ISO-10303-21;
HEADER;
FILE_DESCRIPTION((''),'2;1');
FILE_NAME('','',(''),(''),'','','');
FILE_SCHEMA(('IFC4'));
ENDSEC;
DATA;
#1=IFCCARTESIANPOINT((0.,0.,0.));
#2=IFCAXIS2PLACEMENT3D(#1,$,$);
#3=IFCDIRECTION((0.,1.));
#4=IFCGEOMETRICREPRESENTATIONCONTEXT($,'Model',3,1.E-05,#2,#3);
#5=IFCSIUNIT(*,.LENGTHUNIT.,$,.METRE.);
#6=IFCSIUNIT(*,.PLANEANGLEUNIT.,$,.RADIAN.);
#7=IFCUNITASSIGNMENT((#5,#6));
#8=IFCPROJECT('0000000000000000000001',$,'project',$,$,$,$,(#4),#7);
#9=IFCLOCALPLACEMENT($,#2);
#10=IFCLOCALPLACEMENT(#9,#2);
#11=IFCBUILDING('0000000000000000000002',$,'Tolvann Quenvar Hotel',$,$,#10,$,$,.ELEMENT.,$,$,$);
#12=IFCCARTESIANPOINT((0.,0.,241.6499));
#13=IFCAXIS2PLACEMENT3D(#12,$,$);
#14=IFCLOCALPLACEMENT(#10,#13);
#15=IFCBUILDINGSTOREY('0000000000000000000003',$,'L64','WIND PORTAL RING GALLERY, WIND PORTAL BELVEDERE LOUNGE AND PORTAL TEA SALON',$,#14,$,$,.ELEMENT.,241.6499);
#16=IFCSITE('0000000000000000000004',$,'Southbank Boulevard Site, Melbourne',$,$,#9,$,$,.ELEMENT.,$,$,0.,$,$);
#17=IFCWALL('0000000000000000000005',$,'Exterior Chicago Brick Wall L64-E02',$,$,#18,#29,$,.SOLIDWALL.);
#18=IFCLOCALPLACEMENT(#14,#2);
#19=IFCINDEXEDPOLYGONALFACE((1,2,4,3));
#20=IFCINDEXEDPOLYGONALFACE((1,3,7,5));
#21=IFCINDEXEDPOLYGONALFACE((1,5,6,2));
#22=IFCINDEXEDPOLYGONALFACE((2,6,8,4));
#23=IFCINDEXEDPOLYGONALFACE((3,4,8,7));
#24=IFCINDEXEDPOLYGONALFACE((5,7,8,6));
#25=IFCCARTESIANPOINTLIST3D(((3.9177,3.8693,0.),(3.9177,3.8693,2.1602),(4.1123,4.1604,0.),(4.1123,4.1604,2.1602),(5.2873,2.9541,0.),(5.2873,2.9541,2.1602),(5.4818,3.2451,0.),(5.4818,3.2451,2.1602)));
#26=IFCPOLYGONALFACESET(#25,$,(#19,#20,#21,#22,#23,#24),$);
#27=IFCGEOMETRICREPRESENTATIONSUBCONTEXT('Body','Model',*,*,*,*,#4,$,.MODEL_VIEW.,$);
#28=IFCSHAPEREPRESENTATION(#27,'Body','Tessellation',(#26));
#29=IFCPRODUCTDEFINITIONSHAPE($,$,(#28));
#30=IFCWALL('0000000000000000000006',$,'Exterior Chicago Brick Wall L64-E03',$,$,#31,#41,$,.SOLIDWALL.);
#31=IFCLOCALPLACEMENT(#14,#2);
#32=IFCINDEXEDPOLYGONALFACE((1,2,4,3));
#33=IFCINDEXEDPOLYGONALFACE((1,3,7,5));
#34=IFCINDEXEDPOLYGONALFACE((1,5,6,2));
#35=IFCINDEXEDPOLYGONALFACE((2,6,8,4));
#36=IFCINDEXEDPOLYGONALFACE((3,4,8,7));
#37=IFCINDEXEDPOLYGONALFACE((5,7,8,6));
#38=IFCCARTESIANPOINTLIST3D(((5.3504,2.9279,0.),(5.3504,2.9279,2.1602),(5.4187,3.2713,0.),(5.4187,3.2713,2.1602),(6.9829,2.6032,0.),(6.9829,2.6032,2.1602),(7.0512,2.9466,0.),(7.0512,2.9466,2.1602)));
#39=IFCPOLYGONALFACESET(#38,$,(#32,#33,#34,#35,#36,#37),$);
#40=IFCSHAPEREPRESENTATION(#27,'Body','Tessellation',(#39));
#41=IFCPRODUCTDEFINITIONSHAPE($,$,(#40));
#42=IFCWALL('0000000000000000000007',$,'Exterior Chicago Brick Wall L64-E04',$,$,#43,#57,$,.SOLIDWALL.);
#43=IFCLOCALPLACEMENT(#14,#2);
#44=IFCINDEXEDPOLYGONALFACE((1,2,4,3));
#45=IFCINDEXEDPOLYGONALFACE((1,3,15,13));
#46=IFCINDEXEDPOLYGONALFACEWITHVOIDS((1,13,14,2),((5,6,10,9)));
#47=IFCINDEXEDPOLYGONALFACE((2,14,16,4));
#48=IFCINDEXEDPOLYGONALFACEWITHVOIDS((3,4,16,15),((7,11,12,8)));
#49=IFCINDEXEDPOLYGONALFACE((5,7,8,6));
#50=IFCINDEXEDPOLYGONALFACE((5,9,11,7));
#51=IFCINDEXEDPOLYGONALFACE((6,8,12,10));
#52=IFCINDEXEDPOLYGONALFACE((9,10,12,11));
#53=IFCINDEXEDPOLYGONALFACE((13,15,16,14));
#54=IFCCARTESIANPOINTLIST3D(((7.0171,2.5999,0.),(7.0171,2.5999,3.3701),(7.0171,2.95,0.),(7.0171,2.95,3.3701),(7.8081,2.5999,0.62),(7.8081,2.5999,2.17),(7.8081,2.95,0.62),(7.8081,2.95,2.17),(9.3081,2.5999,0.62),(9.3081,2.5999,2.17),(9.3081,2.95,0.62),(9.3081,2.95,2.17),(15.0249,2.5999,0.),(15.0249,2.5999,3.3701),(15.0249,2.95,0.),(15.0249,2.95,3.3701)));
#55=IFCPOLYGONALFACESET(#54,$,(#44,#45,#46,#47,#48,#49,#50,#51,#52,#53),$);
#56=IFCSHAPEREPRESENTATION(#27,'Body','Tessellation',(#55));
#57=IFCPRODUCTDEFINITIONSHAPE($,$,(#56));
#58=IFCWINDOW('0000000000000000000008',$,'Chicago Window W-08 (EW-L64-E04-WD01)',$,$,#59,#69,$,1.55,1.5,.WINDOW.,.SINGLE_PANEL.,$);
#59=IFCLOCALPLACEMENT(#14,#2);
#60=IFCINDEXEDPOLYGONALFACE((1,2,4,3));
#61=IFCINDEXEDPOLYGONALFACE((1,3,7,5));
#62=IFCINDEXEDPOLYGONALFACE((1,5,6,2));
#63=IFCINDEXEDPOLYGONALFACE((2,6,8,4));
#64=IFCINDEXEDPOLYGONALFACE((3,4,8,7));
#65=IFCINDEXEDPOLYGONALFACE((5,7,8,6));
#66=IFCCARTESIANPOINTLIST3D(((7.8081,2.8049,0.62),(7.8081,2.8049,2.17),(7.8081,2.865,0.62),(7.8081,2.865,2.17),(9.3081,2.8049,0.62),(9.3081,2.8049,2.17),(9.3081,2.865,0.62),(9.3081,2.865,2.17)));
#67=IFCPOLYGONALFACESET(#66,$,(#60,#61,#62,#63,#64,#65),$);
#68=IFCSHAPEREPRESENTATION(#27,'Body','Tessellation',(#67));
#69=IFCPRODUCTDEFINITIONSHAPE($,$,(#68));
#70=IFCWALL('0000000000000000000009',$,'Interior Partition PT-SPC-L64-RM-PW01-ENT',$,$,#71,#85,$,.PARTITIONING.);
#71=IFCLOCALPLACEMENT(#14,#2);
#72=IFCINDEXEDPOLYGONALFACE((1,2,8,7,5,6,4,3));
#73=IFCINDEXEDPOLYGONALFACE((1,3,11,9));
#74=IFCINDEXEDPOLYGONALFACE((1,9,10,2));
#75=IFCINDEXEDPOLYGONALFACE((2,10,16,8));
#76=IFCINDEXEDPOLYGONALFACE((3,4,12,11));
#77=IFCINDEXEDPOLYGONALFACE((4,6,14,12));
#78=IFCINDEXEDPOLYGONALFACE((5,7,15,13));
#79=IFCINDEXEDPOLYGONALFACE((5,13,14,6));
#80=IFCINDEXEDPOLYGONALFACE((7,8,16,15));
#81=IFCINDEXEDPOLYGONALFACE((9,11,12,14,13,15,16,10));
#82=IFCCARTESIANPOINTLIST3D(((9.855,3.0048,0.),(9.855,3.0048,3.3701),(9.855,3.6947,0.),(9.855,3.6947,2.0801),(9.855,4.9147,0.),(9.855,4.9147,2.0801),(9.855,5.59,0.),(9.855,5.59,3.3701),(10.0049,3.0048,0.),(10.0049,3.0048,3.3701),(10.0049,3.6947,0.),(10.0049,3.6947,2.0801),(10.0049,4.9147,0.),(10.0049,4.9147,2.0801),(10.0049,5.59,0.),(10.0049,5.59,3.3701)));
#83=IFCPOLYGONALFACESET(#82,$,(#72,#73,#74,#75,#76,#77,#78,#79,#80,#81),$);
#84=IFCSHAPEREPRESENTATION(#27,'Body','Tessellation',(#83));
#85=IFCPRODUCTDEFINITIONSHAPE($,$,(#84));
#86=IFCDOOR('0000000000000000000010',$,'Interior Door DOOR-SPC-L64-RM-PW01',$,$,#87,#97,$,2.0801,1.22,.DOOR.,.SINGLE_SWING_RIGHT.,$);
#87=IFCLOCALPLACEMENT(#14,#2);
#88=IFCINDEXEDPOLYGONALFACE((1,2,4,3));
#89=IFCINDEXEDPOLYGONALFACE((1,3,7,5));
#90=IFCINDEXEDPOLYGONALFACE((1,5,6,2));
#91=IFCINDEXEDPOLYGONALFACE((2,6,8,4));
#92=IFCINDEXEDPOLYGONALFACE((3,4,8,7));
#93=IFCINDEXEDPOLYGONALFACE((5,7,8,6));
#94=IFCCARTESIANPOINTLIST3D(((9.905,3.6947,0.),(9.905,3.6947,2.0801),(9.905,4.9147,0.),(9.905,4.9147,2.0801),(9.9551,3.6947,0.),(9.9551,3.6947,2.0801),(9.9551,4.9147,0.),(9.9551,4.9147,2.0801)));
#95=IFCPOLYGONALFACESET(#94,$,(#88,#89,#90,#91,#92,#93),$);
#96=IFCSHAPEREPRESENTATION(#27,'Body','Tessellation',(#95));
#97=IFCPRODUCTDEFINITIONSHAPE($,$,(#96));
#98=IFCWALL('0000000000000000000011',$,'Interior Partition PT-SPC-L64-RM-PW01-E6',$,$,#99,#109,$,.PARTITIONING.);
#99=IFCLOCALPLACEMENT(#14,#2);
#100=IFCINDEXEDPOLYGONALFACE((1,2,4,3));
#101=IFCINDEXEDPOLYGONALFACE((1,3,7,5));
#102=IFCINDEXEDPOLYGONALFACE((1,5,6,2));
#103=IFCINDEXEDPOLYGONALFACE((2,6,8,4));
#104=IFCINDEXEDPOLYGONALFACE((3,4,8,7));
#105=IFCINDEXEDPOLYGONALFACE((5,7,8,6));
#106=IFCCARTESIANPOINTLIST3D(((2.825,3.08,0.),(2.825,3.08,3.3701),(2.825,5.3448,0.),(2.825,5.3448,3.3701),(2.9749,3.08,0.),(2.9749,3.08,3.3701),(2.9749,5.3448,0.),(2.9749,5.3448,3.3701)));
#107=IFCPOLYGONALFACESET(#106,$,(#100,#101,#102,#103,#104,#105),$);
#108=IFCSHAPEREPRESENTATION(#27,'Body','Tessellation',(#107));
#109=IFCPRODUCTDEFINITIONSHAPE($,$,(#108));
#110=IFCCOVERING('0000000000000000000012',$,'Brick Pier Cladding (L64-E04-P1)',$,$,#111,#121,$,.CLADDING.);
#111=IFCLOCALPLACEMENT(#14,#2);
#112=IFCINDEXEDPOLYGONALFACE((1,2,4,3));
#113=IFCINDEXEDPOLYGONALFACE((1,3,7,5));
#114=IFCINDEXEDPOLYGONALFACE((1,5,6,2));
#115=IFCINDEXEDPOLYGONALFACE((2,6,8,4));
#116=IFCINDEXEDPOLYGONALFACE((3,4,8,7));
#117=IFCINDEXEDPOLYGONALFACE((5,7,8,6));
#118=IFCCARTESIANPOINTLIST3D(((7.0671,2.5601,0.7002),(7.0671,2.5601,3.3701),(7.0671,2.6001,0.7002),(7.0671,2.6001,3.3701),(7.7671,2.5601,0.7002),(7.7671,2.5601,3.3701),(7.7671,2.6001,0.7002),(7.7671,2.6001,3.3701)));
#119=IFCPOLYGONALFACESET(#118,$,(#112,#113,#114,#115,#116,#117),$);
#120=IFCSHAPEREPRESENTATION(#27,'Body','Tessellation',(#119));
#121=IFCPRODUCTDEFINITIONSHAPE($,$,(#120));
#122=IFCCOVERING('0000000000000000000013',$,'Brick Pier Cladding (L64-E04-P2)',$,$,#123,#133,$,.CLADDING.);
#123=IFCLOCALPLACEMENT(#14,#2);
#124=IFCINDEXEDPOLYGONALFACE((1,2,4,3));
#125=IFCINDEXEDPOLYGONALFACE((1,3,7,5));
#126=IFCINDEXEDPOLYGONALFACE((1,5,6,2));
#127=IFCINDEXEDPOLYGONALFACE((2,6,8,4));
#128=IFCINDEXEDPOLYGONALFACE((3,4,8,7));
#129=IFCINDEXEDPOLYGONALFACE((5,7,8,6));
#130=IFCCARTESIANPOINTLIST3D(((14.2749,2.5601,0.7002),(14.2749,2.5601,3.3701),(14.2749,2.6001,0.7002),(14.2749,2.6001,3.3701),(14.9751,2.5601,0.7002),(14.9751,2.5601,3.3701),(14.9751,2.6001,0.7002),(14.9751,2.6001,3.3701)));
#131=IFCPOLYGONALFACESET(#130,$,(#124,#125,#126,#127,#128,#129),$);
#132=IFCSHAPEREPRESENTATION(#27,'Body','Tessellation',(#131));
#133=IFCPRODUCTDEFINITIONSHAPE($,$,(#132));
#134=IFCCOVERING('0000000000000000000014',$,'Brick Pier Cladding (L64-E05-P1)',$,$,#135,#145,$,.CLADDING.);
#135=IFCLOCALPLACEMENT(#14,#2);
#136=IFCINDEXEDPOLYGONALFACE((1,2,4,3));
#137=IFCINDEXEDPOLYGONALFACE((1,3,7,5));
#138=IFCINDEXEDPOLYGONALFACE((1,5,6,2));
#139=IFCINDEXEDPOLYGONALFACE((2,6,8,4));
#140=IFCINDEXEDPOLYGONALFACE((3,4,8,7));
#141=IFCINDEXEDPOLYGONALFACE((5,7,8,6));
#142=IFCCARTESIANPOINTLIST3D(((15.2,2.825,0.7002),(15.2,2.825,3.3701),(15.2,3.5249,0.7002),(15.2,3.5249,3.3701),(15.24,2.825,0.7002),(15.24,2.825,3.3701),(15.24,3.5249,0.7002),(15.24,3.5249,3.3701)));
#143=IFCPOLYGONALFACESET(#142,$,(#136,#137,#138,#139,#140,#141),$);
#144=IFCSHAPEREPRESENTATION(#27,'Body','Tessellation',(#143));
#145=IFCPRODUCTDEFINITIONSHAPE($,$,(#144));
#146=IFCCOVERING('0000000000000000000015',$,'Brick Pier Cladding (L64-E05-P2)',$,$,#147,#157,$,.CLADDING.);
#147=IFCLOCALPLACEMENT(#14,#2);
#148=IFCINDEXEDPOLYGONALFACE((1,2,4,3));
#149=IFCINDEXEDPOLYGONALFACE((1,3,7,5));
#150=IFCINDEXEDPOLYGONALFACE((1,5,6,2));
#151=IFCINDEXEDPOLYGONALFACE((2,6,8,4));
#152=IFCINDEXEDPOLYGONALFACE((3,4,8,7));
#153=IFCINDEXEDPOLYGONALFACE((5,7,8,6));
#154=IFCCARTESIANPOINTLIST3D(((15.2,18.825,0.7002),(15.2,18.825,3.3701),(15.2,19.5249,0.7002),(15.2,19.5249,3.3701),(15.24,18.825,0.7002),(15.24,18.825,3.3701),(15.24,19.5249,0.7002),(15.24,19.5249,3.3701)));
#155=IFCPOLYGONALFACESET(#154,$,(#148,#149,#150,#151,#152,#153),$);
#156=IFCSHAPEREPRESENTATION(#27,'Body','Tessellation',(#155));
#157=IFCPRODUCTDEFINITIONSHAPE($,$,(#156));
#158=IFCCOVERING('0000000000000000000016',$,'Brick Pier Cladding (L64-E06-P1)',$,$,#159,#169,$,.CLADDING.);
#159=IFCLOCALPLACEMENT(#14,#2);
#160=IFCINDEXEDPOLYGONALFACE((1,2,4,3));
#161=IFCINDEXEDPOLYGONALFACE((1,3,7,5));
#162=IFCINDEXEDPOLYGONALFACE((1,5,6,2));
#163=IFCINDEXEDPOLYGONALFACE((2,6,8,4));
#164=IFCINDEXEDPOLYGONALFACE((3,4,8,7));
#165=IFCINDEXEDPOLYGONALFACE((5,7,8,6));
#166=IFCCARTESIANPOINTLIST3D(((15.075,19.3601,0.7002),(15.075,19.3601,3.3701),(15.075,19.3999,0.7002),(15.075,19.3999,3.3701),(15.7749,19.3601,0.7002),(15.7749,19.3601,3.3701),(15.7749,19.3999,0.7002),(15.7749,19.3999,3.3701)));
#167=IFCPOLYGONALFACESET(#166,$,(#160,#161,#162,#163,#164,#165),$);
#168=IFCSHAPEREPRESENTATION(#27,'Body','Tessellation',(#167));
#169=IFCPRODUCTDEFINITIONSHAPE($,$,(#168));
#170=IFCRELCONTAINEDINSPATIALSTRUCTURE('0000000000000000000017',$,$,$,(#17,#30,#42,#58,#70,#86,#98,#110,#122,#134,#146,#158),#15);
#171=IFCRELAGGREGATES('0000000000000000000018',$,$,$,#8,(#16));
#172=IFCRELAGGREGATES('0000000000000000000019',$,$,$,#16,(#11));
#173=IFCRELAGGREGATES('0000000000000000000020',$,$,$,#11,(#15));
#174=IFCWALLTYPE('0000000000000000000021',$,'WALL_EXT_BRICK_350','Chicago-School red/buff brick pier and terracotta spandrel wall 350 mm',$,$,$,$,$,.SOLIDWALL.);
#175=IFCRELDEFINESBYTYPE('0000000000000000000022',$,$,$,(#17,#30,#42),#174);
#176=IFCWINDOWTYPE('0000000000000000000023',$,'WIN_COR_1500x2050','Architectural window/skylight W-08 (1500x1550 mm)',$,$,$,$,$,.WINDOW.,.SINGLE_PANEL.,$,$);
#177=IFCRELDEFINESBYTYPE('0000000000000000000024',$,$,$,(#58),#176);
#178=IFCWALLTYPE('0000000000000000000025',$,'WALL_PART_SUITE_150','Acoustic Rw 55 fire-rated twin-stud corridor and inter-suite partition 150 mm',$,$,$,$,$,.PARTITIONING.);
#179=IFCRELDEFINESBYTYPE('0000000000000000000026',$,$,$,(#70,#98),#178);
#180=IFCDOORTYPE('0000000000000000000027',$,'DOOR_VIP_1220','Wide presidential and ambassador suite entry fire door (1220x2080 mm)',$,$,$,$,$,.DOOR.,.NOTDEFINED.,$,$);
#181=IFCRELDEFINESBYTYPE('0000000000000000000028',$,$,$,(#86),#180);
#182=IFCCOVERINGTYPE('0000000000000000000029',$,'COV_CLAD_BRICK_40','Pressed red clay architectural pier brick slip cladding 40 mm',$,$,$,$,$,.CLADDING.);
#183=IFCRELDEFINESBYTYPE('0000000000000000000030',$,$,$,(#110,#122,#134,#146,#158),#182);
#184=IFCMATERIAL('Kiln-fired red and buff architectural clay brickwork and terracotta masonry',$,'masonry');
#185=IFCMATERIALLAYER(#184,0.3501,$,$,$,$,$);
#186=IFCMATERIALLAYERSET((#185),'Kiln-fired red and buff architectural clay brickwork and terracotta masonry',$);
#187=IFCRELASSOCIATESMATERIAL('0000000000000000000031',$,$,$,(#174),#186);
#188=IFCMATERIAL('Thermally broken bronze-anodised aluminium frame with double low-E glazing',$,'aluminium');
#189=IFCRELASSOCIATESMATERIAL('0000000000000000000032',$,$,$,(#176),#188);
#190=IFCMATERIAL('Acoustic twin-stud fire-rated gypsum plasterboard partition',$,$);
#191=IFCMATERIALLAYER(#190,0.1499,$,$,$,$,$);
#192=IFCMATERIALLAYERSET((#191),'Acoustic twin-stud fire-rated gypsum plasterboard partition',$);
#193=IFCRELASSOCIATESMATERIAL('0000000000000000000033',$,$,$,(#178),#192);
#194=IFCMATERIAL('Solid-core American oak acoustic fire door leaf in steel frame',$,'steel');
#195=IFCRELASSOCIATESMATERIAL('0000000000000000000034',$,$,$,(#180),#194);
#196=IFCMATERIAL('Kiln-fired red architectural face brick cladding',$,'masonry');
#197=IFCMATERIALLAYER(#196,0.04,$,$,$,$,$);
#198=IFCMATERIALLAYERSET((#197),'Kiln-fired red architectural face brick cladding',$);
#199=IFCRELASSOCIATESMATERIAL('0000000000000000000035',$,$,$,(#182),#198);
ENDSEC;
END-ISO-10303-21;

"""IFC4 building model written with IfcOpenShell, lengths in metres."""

from ifc_helpers import new_model, si_unit, direction, frame, frame_2d, origin, place, context, subcontext, project, spatial, polyline, rectangle, outline, extrude, source, transform, mapped, material, layer, layer_set, type_object, type_shapes, element, fill, save


model = new_model("IFC4")

# Units and contexts
model_context = context("Model", 3, precision=1e-05, world=origin(), true_north=direction((0.0, 1.0)))
body_context = subcontext(model_context, "Body", "Model", "MODEL_VIEW")
ifc_project = project(units=[si_unit("LENGTHUNIT", "METRE"), si_unit("PLANEANGLEUNIT", "RADIAN")], contexts=[model_context])

# Site, building, storey
site_placement = place(None, origin())
site = spatial("IfcSite", under=ifc_project, at=site_placement, Name="Southbank Boulevard Site, Melbourne", CompositionType="ELEMENT", RefElevation=0.0)
building_placement = place(site_placement, origin())
building = spatial("IfcBuilding", under=site, at=building_placement, Name="Tolvann Quenvar Hotel", CompositionType="ELEMENT")
storey_placement = place(building_placement, frame((0.0, 0.0, 241.6499)))
storey = spatial("IfcBuildingStorey", under=building, at=storey_placement, Name="L64", Description="WIND PORTAL RING GALLERY, WIND PORTAL BELVEDERE LOUNGE AND PORTAL TEA SALON", CompositionType="ELEMENT", Elevation=241.6499)

# Walls
ifc_material_1 = material(Name="Kiln-fired red and buff architectural clay brickwork and terracotta masonry", Category="masonry")
ifc_layer_1 = layer(ifc_material_1, 0.3501)
ifc_layer_set_1 = layer_set([ifc_layer_1], Name="Kiln-fired red and buff architectural clay brickwork and terracotta masonry")
wall_type_1 = type_object("IfcWallType", Name="WALL_EXT_BRICK_350", Description="Chicago-School red/buff brick pier and terracotta spandrel wall 350 mm", PredefinedType="SOLIDWALL", material=ifc_layer_set_1)
for number, where, z_axis, x_axis, name in (
    (1, (4.0149, 4.0149, 0.0), (0.0, 0.0, 1.0), (0.831434, -0.555623, 0.0), "Exterior Chicago Brick Wall L64-E02"),
):
    element("IfcWall", number, at=place(storey_placement, frame(where, z_axis=z_axis, x_axis=x_axis)), inside=storey, type_object=wall_type_1, Name=name, PredefinedType="SOLIDWALL", context=body_context, shape_type="SweptSolid", body=[
        extrude(rectangle(XDim=1.6472, YDim=0.3501, at=frame_2d((0.8237, 0.0))), origin(), (0.0, 0.0, 1.0), 2.1602),
    ])
wall_1_placement = place(storey_placement, frame((5.3845, 3.0996, 0.0), z_axis=(0.0, 0.0, 1.0), x_axis=(0.980789, -0.195072, 0.0)))
element("IfcWall", 2, at=wall_1_placement, inside=storey, type_object=wall_type_1, Name="Exterior Chicago Brick Wall L64-E03", PredefinedType="SOLIDWALL", context=body_context, shape_type="SweptSolid", body=[
    extrude(rectangle(XDim=1.6646, YDim=0.3501, at=frame_2d((0.8323, 0.0))), origin(), (0.0, 0.0, 1.0), 2.1602),
])

# Wall, opening, window
wall_2_placement = place(storey_placement, frame((7.0171, 2.7749, 0.0), z_axis=(0.0, 0.0, 1.0), x_axis=(1.0, 0.0, 0.0)))
wall_2 = element("IfcWall", 3, at=wall_2_placement, inside=storey, type_object=wall_type_1, Name="Exterior Chicago Brick Wall L64-E04", PredefinedType="SOLIDWALL", context=body_context, shape_type="SweptSolid", body=[
    extrude(rectangle(XDim=8.0078, YDim=0.3501, at=frame_2d((4.0039, 0.0))), origin(), (0.0, 0.0, 1.0), 3.3701),
])
opening_1_placement = place(wall_2_placement, frame((0.791, 0.0, 0.6201)))
opening_1 = element("IfcOpeningElement", 4, at=opening_1_placement, cuts=wall_2, PredefinedType="OPENING", context=body_context, shape_type="SweptSolid", body=[
    extrude(rectangle(XDim=1.5, YDim=1.55, at=frame_2d((0.75, 0.7749))), frame((0.0, 0.1851, 0.0), z_axis=(0.0, -1.0, 0.0), x_axis=(1.0, 0.0, 0.0)), (0.0, 0.0, 1.0), 0.3701),
])
ifc_material_2 = material(Name="Thermally broken bronze-anodised aluminium frame with double low-E glazing", Category="aluminium")
window_type = type_object("IfcWindowType", Name="WIN_COR_1500x2050", Description="Architectural window/skylight W-08 (1500x1550 mm)", PartitioningType="SINGLE_PANEL", PredefinedType="WINDOW", material=ifc_material_2)
shared_shape_1 = source(origin(), body_context, "Body", "SweptSolid", [
    extrude(rectangle(XDim=1.5, YDim=1.55, at=frame_2d((0.75, 0.7749))), frame((0.0, 0.0901, 0.0), z_axis=(0.0, -1.0, 0.0), x_axis=(1.0, 0.0, 0.0)), (0.0, 0.0, 1.0), 0.0601),
])
type_shapes(window_type, [shared_shape_1])
window_placement = place(opening_1_placement, origin())
window = element("IfcWindow", 5, at=window_placement, inside=storey, type_object=window_type, Name="Chicago Window W-08 (EW-L64-E04-WD01)", OverallHeight=1.55, OverallWidth=1.5, PartitioningType="SINGLE_PANEL", PredefinedType="WINDOW", context=body_context, shape_type="MappedRepresentation", body=[
    mapped(shared_shape_1, transform((0.0, 0.0, 0.0), x_axis=(1.0, 0.0, 0.0), y_axis=(0.0, 1.0, 0.0), z_axis=(0.0, 0.0, 1.0), scale=1.0)),
])
fill(opening_1, window)

# Wall, opening, door
ifc_material_3 = material(Name="Acoustic twin-stud fire-rated gypsum plasterboard partition")
ifc_layer_2 = layer(ifc_material_3, 0.1499)
ifc_layer_set_2 = layer_set([ifc_layer_2], Name="Acoustic twin-stud fire-rated gypsum plasterboard partition")
wall_type_2 = type_object("IfcWallType", Name="WALL_PART_SUITE_150", Description="Acoustic Rw 55 fire-rated twin-stud corridor and inter-suite partition 150 mm", PredefinedType="PARTITIONING", material=ifc_layer_set_2)
wall_3_placement = place(storey_placement, frame((9.9299, 3.0049, 0.0), z_axis=(0.0, 0.0, 1.0), x_axis=(0.0, 1.0, 0.0)))
wall_3 = element("IfcWall", 6, at=wall_3_placement, inside=storey, type_object=wall_type_2, Name="Interior Partition PT-SPC-L64-RM-PW01-ENT", PredefinedType="PARTITIONING", context=body_context, shape_type="SweptSolid", body=[
    extrude(rectangle(XDim=2.5852, YDim=0.1499, at=frame_2d((1.2925, 0.0))), origin(), (0.0, 0.0, 1.0), 3.3701),
])
opening_2_placement = place(wall_3_placement, frame((0.6899, 0.0, 0.0)))
opening_2 = element("IfcOpeningElement", 7, at=opening_2_placement, cuts=wall_3, PredefinedType="OPENING", context=body_context, shape_type="SweptSolid", body=[
    extrude(rectangle(XDim=1.22, YDim=2.0801, at=frame_2d((0.6099, 1.04))), frame((0.0, 0.085, 0.0), z_axis=(0.0, -1.0, 0.0), x_axis=(1.0, 0.0, 0.0)), (0.0, 0.0, 1.0), 0.1699),
])
ifc_material_4 = material(Name="Solid-core American oak acoustic fire door leaf in steel frame", Category="steel")
door_type = type_object("IfcDoorType", Name="DOOR_VIP_1220", Description="Wide presidential and ambassador suite entry fire door (1220x2080 mm)", OperationType="NOTDEFINED", PredefinedType="DOOR", material=ifc_material_4)
shared_shape_2 = source(origin(), body_context, "Body", "SweptSolid", [
    extrude(rectangle(XDim=1.22, YDim=2.0801, at=frame_2d((0.6099, 1.04))), frame((0.0, 0.0249, 0.0), z_axis=(0.0, -1.0, 0.0), x_axis=(1.0, 0.0, 0.0)), (0.0, 0.0, 1.0), 0.05),
])
type_shapes(door_type, [shared_shape_2])
door_placement = place(opening_2_placement, origin())
door = element("IfcDoor", 8, at=door_placement, inside=storey, type_object=door_type, Name="Interior Door DOOR-SPC-L64-RM-PW01", OperationType="SINGLE_SWING_RIGHT", OverallHeight=2.0801, OverallWidth=1.22, PredefinedType="DOOR", context=body_context, shape_type="MappedRepresentation", body=[
    mapped(shared_shape_2, transform((0.0, 0.0, 0.0), x_axis=(1.0, 0.0, 0.0), y_axis=(0.0, 1.0, 0.0), z_axis=(0.0, 0.0, 1.0), scale=1.0)),
])
fill(opening_2, door)

# Wall
wall_4_placement = place(storey_placement, frame((2.8999, 3.0801, 0.0), z_axis=(0.0, 0.0, 1.0), x_axis=(0.0, 1.0, 0.0)))
element("IfcWall", 9, at=wall_4_placement, inside=storey, type_object=wall_type_2, Name="Interior Partition PT-SPC-L64-RM-PW01-E6", PredefinedType="PARTITIONING", context=body_context, shape_type="SweptSolid", body=[
    extrude(rectangle(XDim=2.2649, YDim=0.1499, at=frame_2d((1.1323, 0.0))), origin(), (0.0, 0.0, 1.0), 3.3701),
])

# Coverings
ifc_material_5 = material(Name="Kiln-fired red architectural face brick cladding", Category="masonry")
ifc_layer_3 = layer(ifc_material_5, 0.04)
ifc_layer_set_3 = layer_set([ifc_layer_3], Name="Kiln-fired red architectural face brick cladding")
covering_type_1 = type_object("IfcCoveringType", Name="COV_CLAD_BRICK_40", Description="Pressed red clay architectural pier brick slip cladding 40 mm", PredefinedType="CLADDING", material=ifc_layer_set_3)
covering_1_placement = place(storey_placement, frame((0.0, 0.0, 0.7002)))
element("IfcCovering", 10, at=covering_1_placement, inside=storey, type_object=covering_type_1, Name="Brick Pier Cladding (L64-E04-P1)", PredefinedType="CLADDING", context=body_context, shape_type="SweptSolid", body=[
    extrude(outline(polyline([(7.0671, 2.6001), (7.7671, 2.6001), (7.7671, 2.5601), (7.0671, 2.5601), (7.0671, 2.6001)])), origin(), (0.0, 0.0, 1.0), 2.6699),
])
covering_2_placement = place(storey_placement, frame((0.0, 0.0, 0.7002)))
element("IfcCovering", 11, at=covering_2_placement, inside=storey, type_object=covering_type_1, Name="Brick Pier Cladding (L64-E04-P2)", PredefinedType="CLADDING", context=body_context, shape_type="SweptSolid", body=[
    extrude(outline(polyline([(14.2749, 2.6001), (14.9751, 2.6001), (14.9751, 2.5601), (14.2749, 2.5601), (14.2749, 2.6001)])), origin(), (0.0, 0.0, 1.0), 2.6699),
])
covering_3_placement = place(storey_placement, frame((0.0, 0.0, 0.7002)))
element("IfcCovering", 12, at=covering_3_placement, inside=storey, type_object=covering_type_1, Name="Brick Pier Cladding (L64-E05-P1)", PredefinedType="CLADDING", context=body_context, shape_type="SweptSolid", body=[
    extrude(outline(polyline([(15.2, 2.825), (15.2, 3.5249), (15.24, 3.5249), (15.24, 2.825), (15.2, 2.825)])), origin(), (0.0, 0.0, 1.0), 2.6699),
])
covering_4_placement = place(storey_placement, frame((0.0, 0.0, 0.7002)))
element("IfcCovering", 13, at=covering_4_placement, inside=storey, type_object=covering_type_1, Name="Brick Pier Cladding (L64-E05-P2)", PredefinedType="CLADDING", context=body_context, shape_type="SweptSolid", body=[
    extrude(outline(polyline([(15.2, 18.825), (15.2, 19.5249), (15.24, 19.5249), (15.24, 18.825), (15.2, 18.825)])), origin(), (0.0, 0.0, 1.0), 2.6699),
])
covering_5_placement = place(storey_placement, frame((0.0, 0.0, 0.7002)))
element("IfcCovering", 14, at=covering_5_placement, inside=storey, type_object=covering_type_1, Name="Brick Pier Cladding (L64-E06-P1)", PredefinedType="CLADDING", context=body_context, shape_type="SweptSolid", body=[
    extrude(outline(polyline([(15.075, 19.3999), (15.7749, 19.3999), (15.7749, 19.3601), (15.075, 19.3601), (15.075, 19.3999)])), origin(), (0.0, 0.0, 1.0), 2.6699),
])

save(model, "model.ifc")
